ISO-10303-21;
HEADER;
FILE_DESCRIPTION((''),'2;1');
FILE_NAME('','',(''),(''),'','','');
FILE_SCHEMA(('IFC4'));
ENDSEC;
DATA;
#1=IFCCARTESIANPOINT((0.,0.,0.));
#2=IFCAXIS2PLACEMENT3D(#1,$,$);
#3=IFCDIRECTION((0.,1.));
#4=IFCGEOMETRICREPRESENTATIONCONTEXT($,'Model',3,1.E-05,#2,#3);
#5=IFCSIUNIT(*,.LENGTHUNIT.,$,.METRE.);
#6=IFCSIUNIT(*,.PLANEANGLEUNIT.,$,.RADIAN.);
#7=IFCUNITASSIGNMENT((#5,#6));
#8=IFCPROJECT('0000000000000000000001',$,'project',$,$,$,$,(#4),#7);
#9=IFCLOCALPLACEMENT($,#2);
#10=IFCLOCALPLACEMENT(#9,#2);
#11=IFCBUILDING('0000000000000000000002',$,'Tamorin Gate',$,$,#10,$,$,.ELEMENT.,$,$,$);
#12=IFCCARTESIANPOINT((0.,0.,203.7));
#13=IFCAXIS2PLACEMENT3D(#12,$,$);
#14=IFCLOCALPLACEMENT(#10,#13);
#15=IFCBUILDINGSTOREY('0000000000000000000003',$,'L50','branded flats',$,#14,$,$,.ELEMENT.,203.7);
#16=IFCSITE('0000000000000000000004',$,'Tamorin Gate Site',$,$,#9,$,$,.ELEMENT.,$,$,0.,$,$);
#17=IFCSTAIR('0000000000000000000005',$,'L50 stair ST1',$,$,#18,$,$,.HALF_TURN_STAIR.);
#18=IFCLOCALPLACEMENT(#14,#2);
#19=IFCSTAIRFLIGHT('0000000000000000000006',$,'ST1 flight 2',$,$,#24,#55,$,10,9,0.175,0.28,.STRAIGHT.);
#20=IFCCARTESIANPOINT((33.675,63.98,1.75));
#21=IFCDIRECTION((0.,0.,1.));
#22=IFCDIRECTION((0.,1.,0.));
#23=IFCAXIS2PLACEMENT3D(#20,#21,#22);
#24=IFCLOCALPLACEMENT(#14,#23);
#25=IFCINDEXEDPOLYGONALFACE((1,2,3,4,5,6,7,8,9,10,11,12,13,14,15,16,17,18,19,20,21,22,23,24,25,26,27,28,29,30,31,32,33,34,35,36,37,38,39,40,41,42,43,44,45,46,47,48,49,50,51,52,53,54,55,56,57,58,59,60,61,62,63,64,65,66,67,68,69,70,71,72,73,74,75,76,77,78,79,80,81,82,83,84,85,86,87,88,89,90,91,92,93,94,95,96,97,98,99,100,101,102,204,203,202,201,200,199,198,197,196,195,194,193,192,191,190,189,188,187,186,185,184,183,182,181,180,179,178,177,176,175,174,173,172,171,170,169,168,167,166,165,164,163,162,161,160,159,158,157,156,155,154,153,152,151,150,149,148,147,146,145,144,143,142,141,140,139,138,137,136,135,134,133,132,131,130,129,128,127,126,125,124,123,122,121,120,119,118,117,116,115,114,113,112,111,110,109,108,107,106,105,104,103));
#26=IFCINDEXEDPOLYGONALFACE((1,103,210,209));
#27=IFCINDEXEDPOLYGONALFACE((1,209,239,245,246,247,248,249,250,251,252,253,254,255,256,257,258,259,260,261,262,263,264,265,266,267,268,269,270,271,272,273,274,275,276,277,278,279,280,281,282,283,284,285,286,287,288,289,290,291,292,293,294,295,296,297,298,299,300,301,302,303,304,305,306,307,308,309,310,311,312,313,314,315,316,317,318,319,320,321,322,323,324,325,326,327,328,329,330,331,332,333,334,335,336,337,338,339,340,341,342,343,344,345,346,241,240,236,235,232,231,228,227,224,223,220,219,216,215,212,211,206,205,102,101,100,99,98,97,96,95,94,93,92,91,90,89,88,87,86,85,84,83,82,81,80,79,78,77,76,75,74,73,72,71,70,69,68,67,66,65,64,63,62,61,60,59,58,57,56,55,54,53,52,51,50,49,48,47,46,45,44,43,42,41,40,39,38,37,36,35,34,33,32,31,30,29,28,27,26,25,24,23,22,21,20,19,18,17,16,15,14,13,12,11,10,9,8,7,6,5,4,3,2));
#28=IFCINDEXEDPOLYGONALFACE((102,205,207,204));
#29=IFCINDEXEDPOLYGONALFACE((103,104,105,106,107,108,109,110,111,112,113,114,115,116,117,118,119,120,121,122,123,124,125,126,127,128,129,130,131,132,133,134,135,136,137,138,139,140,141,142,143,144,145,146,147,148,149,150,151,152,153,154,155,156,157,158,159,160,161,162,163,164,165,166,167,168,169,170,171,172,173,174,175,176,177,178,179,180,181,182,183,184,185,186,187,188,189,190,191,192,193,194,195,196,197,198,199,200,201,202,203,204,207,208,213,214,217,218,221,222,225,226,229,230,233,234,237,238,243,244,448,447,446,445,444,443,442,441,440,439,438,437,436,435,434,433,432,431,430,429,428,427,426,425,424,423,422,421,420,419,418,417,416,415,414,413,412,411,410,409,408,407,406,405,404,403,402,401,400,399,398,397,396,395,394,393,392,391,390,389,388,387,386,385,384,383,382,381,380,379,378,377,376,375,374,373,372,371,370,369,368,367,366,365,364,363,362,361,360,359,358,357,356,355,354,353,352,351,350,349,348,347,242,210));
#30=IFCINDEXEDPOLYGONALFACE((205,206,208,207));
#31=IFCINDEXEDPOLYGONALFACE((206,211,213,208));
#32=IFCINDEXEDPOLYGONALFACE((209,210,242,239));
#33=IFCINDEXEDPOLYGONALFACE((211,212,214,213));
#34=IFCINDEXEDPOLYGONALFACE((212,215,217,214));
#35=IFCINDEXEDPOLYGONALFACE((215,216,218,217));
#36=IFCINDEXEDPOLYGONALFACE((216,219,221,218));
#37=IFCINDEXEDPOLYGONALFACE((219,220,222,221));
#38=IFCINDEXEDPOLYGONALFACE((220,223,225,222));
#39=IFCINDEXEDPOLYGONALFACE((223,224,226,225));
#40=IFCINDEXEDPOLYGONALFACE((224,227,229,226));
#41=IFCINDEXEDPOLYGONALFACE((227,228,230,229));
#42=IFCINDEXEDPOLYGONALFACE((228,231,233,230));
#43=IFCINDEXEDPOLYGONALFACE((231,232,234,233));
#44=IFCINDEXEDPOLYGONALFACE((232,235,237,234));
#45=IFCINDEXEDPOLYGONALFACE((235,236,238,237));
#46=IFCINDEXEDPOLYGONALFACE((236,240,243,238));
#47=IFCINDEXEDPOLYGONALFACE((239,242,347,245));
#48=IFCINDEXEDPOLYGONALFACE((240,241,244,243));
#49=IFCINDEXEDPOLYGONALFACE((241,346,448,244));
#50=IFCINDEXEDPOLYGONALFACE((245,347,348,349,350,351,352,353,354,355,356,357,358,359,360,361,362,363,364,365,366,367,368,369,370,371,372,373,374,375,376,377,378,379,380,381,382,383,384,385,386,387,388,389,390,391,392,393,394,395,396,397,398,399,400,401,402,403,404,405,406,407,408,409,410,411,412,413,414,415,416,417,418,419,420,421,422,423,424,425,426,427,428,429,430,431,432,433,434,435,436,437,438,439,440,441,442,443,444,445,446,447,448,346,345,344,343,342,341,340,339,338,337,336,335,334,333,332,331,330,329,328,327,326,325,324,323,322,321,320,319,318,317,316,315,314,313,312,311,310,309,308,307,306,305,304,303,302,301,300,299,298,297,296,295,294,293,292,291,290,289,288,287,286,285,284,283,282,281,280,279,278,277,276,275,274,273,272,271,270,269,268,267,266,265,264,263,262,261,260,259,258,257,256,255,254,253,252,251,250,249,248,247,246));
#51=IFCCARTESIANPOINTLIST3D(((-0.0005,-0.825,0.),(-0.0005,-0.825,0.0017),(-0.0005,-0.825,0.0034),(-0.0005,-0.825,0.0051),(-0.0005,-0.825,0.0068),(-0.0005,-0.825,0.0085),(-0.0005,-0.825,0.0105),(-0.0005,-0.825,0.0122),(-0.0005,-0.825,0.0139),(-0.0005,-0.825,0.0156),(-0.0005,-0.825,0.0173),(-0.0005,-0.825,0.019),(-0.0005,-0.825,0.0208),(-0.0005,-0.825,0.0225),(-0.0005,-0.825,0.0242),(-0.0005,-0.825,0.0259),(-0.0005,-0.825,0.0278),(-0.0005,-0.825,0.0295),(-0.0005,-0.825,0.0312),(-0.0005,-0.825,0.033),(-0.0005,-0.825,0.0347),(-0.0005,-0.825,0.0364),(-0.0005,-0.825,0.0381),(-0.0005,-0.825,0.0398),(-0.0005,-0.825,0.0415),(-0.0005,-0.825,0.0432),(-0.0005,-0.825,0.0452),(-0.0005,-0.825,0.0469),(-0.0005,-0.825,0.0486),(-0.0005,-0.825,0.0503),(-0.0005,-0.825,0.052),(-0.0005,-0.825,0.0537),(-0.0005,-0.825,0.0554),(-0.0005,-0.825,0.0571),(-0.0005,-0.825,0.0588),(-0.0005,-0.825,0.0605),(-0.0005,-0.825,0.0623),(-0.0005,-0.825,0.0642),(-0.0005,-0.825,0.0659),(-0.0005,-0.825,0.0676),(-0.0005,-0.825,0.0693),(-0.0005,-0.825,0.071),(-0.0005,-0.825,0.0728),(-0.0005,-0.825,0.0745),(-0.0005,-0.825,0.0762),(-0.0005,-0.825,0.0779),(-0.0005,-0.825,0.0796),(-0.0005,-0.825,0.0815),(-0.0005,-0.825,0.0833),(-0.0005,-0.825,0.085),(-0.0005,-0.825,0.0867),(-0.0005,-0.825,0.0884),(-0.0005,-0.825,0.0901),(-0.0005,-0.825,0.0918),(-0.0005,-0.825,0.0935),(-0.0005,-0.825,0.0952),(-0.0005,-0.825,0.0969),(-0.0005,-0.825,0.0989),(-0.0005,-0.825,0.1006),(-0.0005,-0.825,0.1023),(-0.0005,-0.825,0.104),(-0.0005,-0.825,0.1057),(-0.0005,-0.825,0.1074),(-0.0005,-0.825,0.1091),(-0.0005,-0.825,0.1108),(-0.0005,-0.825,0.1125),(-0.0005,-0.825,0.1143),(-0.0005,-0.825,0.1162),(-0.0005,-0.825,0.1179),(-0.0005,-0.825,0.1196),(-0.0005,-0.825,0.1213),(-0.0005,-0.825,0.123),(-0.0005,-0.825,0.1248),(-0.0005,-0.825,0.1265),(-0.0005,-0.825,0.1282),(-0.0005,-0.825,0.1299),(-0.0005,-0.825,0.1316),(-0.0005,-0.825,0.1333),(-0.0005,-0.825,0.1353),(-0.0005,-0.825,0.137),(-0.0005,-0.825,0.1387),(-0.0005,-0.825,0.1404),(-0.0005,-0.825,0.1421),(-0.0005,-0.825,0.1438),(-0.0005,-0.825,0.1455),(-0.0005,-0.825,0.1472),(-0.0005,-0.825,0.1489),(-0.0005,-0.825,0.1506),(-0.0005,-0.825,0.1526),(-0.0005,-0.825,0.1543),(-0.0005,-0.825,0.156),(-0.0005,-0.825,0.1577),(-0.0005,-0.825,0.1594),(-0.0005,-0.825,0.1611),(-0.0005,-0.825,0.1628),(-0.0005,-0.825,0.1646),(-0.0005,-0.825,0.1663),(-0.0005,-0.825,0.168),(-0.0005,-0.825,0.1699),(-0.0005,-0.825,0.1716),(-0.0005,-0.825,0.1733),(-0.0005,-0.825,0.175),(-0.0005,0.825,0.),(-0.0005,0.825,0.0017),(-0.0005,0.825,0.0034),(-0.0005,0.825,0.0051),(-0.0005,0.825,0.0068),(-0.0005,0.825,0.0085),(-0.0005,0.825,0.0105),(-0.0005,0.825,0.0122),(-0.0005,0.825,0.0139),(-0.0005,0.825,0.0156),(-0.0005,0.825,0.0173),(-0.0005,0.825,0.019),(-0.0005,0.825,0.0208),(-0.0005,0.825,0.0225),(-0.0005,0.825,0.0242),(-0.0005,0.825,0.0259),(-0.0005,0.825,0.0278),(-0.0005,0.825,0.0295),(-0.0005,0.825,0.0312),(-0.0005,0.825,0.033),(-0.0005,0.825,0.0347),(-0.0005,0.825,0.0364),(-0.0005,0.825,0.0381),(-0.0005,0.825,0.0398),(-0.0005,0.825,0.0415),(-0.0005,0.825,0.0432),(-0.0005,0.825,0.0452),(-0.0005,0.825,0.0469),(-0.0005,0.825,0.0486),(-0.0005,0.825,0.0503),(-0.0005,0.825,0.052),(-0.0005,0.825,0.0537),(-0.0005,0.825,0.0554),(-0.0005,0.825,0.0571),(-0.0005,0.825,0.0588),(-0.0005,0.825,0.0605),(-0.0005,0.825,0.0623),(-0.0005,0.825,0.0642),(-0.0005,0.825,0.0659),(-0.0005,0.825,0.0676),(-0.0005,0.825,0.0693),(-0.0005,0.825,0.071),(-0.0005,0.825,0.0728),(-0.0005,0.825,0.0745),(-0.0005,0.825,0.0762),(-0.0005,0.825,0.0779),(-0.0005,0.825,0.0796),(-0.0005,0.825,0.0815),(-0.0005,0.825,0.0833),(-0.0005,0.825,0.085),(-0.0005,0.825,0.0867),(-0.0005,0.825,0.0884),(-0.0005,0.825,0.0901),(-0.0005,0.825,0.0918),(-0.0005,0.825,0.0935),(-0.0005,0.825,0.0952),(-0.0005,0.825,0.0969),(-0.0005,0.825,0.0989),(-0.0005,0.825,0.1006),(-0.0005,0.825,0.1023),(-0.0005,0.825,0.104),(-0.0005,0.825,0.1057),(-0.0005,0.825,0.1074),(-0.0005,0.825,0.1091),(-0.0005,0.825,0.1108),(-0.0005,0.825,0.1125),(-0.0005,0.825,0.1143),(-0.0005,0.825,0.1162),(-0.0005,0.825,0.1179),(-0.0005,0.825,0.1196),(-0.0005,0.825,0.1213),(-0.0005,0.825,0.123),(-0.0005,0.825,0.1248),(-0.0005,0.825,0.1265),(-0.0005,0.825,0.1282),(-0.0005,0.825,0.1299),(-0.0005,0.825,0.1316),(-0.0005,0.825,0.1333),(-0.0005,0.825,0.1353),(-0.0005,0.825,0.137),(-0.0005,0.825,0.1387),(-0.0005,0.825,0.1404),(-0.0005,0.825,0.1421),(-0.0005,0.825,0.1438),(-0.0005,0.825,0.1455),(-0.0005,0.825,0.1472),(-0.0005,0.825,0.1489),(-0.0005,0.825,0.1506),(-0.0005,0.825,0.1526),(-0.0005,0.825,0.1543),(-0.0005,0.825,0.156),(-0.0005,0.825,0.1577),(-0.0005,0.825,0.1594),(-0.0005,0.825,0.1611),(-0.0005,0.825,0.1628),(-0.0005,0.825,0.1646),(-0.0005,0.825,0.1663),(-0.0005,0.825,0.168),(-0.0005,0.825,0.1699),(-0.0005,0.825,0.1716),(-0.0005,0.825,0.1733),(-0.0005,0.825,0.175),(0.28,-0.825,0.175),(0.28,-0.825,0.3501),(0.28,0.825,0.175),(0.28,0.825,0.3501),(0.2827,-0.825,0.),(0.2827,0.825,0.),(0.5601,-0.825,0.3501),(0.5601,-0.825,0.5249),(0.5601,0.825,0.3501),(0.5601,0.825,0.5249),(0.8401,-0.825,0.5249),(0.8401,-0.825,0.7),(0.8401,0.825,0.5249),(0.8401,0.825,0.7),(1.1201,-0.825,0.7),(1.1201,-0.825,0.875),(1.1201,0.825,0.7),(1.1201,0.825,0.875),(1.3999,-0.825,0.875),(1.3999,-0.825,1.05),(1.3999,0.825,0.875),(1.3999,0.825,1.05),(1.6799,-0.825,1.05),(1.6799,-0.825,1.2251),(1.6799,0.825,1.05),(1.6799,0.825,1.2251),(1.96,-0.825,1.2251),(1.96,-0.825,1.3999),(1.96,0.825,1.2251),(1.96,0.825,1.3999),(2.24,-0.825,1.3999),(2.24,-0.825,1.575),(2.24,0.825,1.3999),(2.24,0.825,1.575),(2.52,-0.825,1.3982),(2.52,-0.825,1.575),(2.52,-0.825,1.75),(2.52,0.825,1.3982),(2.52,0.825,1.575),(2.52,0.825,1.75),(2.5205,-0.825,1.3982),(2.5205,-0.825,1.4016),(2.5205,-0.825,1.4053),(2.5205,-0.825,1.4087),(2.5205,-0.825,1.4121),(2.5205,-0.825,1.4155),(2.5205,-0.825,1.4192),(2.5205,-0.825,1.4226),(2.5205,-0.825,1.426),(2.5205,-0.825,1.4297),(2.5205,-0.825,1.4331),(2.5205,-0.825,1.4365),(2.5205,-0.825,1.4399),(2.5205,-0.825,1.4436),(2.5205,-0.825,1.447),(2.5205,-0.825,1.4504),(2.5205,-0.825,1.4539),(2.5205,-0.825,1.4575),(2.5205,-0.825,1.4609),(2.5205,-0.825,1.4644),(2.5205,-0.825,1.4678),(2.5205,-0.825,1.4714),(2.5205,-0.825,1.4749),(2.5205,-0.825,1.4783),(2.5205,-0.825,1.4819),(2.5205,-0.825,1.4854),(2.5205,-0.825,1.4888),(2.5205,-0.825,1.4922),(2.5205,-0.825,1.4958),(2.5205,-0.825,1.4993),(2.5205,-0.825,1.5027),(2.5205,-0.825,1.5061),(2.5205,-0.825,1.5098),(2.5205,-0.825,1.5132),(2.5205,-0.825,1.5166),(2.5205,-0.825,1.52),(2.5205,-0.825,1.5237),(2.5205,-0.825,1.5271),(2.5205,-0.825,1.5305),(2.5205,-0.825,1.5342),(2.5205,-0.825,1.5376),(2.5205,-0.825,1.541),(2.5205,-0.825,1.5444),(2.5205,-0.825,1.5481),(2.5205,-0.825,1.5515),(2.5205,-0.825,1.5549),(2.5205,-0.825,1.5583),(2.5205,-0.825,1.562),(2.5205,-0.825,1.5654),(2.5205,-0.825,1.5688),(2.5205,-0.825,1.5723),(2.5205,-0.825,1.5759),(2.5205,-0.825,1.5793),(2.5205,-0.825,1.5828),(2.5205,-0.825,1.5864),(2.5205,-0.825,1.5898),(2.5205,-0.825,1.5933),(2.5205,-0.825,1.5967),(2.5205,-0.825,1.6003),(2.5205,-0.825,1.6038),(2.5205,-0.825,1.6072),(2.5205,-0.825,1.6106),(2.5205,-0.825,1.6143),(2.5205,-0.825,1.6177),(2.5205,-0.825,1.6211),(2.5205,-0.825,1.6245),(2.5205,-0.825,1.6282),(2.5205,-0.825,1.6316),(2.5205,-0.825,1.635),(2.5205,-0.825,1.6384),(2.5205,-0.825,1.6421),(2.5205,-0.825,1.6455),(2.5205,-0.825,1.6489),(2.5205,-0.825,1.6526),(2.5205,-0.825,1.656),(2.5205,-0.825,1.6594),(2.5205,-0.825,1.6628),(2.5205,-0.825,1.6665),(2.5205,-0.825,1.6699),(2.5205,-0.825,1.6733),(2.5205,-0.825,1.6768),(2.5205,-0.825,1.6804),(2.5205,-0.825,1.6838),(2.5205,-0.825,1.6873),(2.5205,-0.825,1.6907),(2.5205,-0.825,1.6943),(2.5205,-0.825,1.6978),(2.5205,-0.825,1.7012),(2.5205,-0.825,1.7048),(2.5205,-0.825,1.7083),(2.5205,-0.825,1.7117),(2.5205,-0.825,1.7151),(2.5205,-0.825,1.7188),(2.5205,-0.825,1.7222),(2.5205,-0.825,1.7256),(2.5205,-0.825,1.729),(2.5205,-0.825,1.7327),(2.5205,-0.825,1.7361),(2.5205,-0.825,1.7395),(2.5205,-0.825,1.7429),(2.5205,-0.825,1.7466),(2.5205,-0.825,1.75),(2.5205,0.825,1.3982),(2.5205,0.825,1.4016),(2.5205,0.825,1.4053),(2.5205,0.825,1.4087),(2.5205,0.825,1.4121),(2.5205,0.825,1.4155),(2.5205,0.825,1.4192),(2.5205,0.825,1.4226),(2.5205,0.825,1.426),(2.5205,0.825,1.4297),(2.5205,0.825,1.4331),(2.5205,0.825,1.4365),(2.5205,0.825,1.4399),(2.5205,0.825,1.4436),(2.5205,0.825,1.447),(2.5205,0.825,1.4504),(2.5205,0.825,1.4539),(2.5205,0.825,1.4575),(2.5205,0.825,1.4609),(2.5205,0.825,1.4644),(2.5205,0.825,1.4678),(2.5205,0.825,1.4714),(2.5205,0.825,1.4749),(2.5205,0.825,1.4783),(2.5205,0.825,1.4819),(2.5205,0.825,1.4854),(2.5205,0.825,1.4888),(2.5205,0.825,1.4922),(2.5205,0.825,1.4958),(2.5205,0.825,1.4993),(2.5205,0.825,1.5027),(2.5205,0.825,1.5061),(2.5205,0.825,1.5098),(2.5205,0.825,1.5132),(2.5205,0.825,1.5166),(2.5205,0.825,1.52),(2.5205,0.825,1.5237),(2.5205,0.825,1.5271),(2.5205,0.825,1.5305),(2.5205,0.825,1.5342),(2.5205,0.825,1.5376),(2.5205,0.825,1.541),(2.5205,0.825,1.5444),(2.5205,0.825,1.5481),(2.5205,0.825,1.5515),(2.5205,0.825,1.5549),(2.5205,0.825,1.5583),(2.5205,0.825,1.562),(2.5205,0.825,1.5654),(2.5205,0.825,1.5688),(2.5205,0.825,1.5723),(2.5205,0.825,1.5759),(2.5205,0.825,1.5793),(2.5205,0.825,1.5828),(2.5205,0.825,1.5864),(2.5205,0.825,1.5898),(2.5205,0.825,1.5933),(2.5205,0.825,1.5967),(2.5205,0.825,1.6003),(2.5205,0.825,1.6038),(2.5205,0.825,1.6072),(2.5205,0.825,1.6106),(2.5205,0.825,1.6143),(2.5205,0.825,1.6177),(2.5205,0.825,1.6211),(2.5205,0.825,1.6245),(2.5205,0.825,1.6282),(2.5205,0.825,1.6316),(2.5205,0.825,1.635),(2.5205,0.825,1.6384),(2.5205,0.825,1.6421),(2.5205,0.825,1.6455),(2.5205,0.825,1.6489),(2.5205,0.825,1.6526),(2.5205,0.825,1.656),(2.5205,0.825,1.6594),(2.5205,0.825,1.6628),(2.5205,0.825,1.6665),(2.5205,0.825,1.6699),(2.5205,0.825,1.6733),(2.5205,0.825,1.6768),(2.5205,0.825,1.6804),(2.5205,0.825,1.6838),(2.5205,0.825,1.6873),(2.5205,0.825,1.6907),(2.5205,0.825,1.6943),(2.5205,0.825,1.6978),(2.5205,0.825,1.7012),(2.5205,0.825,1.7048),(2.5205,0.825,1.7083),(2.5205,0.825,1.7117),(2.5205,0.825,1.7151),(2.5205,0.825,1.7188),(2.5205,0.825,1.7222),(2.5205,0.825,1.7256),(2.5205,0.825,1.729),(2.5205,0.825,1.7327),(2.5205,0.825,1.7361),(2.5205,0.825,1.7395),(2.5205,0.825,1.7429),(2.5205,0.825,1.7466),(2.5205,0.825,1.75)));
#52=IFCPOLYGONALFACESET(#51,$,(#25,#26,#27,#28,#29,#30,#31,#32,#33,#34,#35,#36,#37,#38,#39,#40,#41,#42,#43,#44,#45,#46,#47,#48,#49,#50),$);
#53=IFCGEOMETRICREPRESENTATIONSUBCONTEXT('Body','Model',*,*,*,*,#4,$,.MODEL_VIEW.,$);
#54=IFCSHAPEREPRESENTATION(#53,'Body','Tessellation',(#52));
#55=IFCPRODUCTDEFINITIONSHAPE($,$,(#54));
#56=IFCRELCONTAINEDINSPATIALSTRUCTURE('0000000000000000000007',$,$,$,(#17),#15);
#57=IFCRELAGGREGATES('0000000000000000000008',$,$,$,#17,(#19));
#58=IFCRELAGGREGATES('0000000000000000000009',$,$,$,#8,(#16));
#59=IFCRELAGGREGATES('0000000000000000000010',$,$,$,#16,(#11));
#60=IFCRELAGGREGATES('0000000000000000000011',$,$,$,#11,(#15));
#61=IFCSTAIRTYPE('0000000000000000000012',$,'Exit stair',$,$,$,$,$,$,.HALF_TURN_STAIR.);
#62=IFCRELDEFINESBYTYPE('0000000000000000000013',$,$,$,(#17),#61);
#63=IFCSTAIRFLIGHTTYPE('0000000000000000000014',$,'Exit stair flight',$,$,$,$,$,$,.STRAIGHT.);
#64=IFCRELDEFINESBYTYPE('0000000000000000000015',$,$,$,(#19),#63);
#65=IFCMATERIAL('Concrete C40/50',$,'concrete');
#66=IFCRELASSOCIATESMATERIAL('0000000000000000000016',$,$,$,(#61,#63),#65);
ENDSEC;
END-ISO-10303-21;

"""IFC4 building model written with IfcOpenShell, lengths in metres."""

from ifc_helpers import new_model, si_unit, direction, frame, origin, place, context, subcontext, project, spatial, polyline, outline, extrude, material, type_object, element, aggregate, save


model = new_model("IFC4")

# Units and contexts
model_context = context("Model", 3, precision=1e-05, world=origin(), true_north=direction((0.0, 1.0)))
body_context = subcontext(model_context, "Body", "Model", "MODEL_VIEW")
ifc_project = project(units=[si_unit("LENGTHUNIT", "METRE"), si_unit("PLANEANGLEUNIT", "RADIAN")], contexts=[model_context])

# Site, building, storey
site_placement = place(None, origin())
site = spatial("IfcSite", under=ifc_project, at=site_placement, Name="Tamorin Gate Site", CompositionType="ELEMENT", RefElevation=0.0)
building_placement = place(site_placement, origin())
building = spatial("IfcBuilding", under=site, at=building_placement, Name="Tamorin Gate", CompositionType="ELEMENT")
storey_placement = place(building_placement, frame((0.0, 0.0, 203.7)))
storey = spatial("IfcBuildingStorey", under=building, at=storey_placement, Name="L50", Description="branded flats", CompositionType="ELEMENT", Elevation=203.7)

# Shared definitions
ifc_material_1 = material(Name="Concrete C40/50", Category="concrete")

# Stair, stair flight
stair_type = type_object("IfcStairType", Name="Exit stair", PredefinedType="HALF_TURN_STAIR", material=ifc_material_1)
stair_1_placement = place(storey_placement, origin())
stair_1 = element("IfcStair", 1, at=stair_1_placement, inside=storey, type_object=stair_type, Name="L50 stair ST1", PredefinedType="HALF_TURN_STAIR")
stair_flight_type = type_object("IfcStairFlightType", Name="Exit stair flight", PredefinedType="STRAIGHT", material=ifc_material_1)
stair_flight_1_placement = place(storey_placement, frame((33.675, 63.98, 1.75), z_axis=(0.0, 0.0, 1.0), x_axis=(0.0, 1.0, 0.0)))
stair_flight_1 = element("IfcStairFlight", 2, at=stair_flight_1_placement, type_object=stair_flight_type, Name="ST1 flight 2", NumberOfRisers=10, NumberOfTreads=9, PredefinedType="STRAIGHT", RiserHeight=0.175, TreadLength=0.28, context=body_context, shape_type="SweptSolid", body=[
    extrude(outline(polyline([(-0.0005, 0.0), (-0.0005, 0.0017), (-0.0005, 0.0034), (-0.0005, 0.0051), (-0.0005, 0.0068), (-0.0005, 0.0085), (-0.0005, 0.0105), (-0.0005, 0.0122), (-0.0005, 0.0139), (-0.0005, 0.0156), (-0.0005, 0.0173), (-0.0005, 0.019), (-0.0005, 0.0208), (-0.0005, 0.0225), (-0.0005, 0.0242), (-0.0005, 0.0259), (-0.0005, 0.0278), (-0.0005, 0.0295), (-0.0005, 0.0312), (-0.0005, 0.033), (-0.0005, 0.0347), (-0.0005, 0.0364), (-0.0005, 0.0381), (-0.0005, 0.0398), (-0.0005, 0.0415), (-0.0005, 0.0432), (-0.0005, 0.0452), (-0.0005, 0.0469), (-0.0005, 0.0486), (-0.0005, 0.0503), (-0.0005, 0.052), (-0.0005, 0.0537), (-0.0005, 0.0554), (-0.0005, 0.0571), (-0.0005, 0.0588), (-0.0005, 0.0605), (-0.0005, 0.0623), (-0.0005, 0.0642), (-0.0005, 0.0659), (-0.0005, 0.0676), (-0.0005, 0.0693), (-0.0005, 0.071), (-0.0005, 0.0728), (-0.0005, 0.0745), (-0.0005, 0.0762), (-0.0005, 0.0779), (-0.0005, 0.0796), (-0.0005, 0.0815), (-0.0005, 0.0833), (-0.0005, 0.085), (-0.0005, 0.0867), (-0.0005, 0.0884), (-0.0005, 0.0901), (-0.0005, 0.0918), (-0.0005, 0.0935), (-0.0005, 0.0952), (-0.0005, 0.0969), (-0.0005, 0.0989), (-0.0005, 0.1006), (-0.0005, 0.1023), (-0.0005, 0.104), (-0.0005, 0.1057), (-0.0005, 0.1074), (-0.0005, 0.1091), (-0.0005, 0.1108), (-0.0005, 0.1125), (-0.0005, 0.1143), (-0.0005, 0.1162), (-0.0005, 0.1179), (-0.0005, 0.1196), (-0.0005, 0.1213), (-0.0005, 0.123), (-0.0005, 0.1248), (-0.0005, 0.1265), (-0.0005, 0.1282), (-0.0005, 0.1299), (-0.0005, 0.1316), (-0.0005, 0.1333), (-0.0005, 0.1353), (-0.0005, 0.137), (-0.0005, 0.1387), (-0.0005, 0.1404), (-0.0005, 0.1421), (-0.0005, 0.1438), (-0.0005, 0.1455), (-0.0005, 0.1472), (-0.0005, 0.1489), (-0.0005, 0.1506), (-0.0005, 0.1526), (-0.0005, 0.1543), (-0.0005, 0.156), (-0.0005, 0.1577), (-0.0005, 0.1594), (-0.0005, 0.1611), (-0.0005, 0.1628), (-0.0005, 0.1646), (-0.0005, 0.1663), (-0.0005, 0.168), (-0.0005, 0.1699), (-0.0005, 0.1716), (-0.0005, 0.1733), (-0.0005, 0.175), (0.28, 0.175), (0.28, 0.3501), (0.5601, 0.3501), (0.5601, 0.5249), (0.8401, 0.5249), (0.8401, 0.7), (1.1201, 0.7), (1.1201, 0.875), (1.3999, 0.875), (1.3999, 1.05), (1.6799, 1.05), (1.6799, 1.2251), (1.96, 1.2251), (1.96, 1.3999), (2.24, 1.3999), (2.24, 1.575), (2.52, 1.575), (2.52, 1.75), (2.5205, 1.75), (2.5205, 1.7466), (2.5205, 1.7429), (2.5205, 1.7395), (2.5205, 1.7361), (2.5205, 1.7327), (2.5205, 1.729), (2.5205, 1.7256), (2.5205, 1.7222), (2.5205, 1.7188), (2.5205, 1.7151), (2.5205, 1.7117), (2.5205, 1.7083), (2.5205, 1.7048), (2.5205, 1.7012), (2.5205, 1.6978), (2.5205, 1.6943), (2.5205, 1.6907), (2.5205, 1.6873), (2.5205, 1.6838), (2.5205, 1.6804), (2.5205, 1.6768), (2.5205, 1.6733), (2.5205, 1.6699), (2.5205, 1.6665), (2.5205, 1.6628), (2.5205, 1.6594), (2.5205, 1.656), (2.5205, 1.6526), (2.5205, 1.6489), (2.5205, 1.6455), (2.5205, 1.6421), (2.5205, 1.6384), (2.5205, 1.635), (2.5205, 1.6316), (2.5205, 1.6282), (2.5205, 1.6245), (2.5205, 1.6211), (2.5205, 1.6177), (2.5205, 1.6143), (2.5205, 1.6106), (2.5205, 1.6072), (2.5205, 1.6038), (2.5205, 1.6003), (2.5205, 1.5967), (2.5205, 1.5933), (2.5205, 1.5898), (2.5205, 1.5864), (2.5205, 1.5828), (2.5205, 1.5793), (2.5205, 1.5759), (2.5205, 1.5723), (2.5205, 1.5688), (2.5205, 1.5654), (2.5205, 1.562), (2.5205, 1.5583), (2.5205, 1.5549), (2.5205, 1.5515), (2.5205, 1.5481), (2.5205, 1.5444), (2.5205, 1.541), (2.5205, 1.5376), (2.5205, 1.5342), (2.5205, 1.5305), (2.5205, 1.5271), (2.5205, 1.5237), (2.5205, 1.52), (2.5205, 1.5166), (2.5205, 1.5132), (2.5205, 1.5098), (2.5205, 1.5061), (2.5205, 1.5027), (2.5205, 1.4993), (2.5205, 1.4958), (2.5205, 1.4922), (2.5205, 1.4888), (2.5205, 1.4854), (2.5205, 1.4819), (2.5205, 1.4783), (2.5205, 1.4749), (2.5205, 1.4714), (2.5205, 1.4678), (2.5205, 1.4644), (2.5205, 1.4609), (2.5205, 1.4575), (2.5205, 1.4539), (2.5205, 1.4504), (2.5205, 1.447), (2.5205, 1.4436), (2.5205, 1.4399), (2.5205, 1.4365), (2.5205, 1.4331), (2.5205, 1.4297), (2.5205, 1.426), (2.5205, 1.4226), (2.5205, 1.4192), (2.5205, 1.4155), (2.5205, 1.4121), (2.5205, 1.4087), (2.5205, 1.4053), (2.5205, 1.4016), (2.5205, 1.3982), (2.52, 1.3982), (0.2827, 0.0), (-0.0005, 0.0)])), frame((0.0, 0.825, 0.0), z_axis=(0.0, -1.0, 0.0), x_axis=(1.0, 0.0, 0.0)), (0.0, 0.0, 1.0), 1.6499),
])
aggregate(stair_1, [stair_flight_1])

save(model, "model.ifc")
